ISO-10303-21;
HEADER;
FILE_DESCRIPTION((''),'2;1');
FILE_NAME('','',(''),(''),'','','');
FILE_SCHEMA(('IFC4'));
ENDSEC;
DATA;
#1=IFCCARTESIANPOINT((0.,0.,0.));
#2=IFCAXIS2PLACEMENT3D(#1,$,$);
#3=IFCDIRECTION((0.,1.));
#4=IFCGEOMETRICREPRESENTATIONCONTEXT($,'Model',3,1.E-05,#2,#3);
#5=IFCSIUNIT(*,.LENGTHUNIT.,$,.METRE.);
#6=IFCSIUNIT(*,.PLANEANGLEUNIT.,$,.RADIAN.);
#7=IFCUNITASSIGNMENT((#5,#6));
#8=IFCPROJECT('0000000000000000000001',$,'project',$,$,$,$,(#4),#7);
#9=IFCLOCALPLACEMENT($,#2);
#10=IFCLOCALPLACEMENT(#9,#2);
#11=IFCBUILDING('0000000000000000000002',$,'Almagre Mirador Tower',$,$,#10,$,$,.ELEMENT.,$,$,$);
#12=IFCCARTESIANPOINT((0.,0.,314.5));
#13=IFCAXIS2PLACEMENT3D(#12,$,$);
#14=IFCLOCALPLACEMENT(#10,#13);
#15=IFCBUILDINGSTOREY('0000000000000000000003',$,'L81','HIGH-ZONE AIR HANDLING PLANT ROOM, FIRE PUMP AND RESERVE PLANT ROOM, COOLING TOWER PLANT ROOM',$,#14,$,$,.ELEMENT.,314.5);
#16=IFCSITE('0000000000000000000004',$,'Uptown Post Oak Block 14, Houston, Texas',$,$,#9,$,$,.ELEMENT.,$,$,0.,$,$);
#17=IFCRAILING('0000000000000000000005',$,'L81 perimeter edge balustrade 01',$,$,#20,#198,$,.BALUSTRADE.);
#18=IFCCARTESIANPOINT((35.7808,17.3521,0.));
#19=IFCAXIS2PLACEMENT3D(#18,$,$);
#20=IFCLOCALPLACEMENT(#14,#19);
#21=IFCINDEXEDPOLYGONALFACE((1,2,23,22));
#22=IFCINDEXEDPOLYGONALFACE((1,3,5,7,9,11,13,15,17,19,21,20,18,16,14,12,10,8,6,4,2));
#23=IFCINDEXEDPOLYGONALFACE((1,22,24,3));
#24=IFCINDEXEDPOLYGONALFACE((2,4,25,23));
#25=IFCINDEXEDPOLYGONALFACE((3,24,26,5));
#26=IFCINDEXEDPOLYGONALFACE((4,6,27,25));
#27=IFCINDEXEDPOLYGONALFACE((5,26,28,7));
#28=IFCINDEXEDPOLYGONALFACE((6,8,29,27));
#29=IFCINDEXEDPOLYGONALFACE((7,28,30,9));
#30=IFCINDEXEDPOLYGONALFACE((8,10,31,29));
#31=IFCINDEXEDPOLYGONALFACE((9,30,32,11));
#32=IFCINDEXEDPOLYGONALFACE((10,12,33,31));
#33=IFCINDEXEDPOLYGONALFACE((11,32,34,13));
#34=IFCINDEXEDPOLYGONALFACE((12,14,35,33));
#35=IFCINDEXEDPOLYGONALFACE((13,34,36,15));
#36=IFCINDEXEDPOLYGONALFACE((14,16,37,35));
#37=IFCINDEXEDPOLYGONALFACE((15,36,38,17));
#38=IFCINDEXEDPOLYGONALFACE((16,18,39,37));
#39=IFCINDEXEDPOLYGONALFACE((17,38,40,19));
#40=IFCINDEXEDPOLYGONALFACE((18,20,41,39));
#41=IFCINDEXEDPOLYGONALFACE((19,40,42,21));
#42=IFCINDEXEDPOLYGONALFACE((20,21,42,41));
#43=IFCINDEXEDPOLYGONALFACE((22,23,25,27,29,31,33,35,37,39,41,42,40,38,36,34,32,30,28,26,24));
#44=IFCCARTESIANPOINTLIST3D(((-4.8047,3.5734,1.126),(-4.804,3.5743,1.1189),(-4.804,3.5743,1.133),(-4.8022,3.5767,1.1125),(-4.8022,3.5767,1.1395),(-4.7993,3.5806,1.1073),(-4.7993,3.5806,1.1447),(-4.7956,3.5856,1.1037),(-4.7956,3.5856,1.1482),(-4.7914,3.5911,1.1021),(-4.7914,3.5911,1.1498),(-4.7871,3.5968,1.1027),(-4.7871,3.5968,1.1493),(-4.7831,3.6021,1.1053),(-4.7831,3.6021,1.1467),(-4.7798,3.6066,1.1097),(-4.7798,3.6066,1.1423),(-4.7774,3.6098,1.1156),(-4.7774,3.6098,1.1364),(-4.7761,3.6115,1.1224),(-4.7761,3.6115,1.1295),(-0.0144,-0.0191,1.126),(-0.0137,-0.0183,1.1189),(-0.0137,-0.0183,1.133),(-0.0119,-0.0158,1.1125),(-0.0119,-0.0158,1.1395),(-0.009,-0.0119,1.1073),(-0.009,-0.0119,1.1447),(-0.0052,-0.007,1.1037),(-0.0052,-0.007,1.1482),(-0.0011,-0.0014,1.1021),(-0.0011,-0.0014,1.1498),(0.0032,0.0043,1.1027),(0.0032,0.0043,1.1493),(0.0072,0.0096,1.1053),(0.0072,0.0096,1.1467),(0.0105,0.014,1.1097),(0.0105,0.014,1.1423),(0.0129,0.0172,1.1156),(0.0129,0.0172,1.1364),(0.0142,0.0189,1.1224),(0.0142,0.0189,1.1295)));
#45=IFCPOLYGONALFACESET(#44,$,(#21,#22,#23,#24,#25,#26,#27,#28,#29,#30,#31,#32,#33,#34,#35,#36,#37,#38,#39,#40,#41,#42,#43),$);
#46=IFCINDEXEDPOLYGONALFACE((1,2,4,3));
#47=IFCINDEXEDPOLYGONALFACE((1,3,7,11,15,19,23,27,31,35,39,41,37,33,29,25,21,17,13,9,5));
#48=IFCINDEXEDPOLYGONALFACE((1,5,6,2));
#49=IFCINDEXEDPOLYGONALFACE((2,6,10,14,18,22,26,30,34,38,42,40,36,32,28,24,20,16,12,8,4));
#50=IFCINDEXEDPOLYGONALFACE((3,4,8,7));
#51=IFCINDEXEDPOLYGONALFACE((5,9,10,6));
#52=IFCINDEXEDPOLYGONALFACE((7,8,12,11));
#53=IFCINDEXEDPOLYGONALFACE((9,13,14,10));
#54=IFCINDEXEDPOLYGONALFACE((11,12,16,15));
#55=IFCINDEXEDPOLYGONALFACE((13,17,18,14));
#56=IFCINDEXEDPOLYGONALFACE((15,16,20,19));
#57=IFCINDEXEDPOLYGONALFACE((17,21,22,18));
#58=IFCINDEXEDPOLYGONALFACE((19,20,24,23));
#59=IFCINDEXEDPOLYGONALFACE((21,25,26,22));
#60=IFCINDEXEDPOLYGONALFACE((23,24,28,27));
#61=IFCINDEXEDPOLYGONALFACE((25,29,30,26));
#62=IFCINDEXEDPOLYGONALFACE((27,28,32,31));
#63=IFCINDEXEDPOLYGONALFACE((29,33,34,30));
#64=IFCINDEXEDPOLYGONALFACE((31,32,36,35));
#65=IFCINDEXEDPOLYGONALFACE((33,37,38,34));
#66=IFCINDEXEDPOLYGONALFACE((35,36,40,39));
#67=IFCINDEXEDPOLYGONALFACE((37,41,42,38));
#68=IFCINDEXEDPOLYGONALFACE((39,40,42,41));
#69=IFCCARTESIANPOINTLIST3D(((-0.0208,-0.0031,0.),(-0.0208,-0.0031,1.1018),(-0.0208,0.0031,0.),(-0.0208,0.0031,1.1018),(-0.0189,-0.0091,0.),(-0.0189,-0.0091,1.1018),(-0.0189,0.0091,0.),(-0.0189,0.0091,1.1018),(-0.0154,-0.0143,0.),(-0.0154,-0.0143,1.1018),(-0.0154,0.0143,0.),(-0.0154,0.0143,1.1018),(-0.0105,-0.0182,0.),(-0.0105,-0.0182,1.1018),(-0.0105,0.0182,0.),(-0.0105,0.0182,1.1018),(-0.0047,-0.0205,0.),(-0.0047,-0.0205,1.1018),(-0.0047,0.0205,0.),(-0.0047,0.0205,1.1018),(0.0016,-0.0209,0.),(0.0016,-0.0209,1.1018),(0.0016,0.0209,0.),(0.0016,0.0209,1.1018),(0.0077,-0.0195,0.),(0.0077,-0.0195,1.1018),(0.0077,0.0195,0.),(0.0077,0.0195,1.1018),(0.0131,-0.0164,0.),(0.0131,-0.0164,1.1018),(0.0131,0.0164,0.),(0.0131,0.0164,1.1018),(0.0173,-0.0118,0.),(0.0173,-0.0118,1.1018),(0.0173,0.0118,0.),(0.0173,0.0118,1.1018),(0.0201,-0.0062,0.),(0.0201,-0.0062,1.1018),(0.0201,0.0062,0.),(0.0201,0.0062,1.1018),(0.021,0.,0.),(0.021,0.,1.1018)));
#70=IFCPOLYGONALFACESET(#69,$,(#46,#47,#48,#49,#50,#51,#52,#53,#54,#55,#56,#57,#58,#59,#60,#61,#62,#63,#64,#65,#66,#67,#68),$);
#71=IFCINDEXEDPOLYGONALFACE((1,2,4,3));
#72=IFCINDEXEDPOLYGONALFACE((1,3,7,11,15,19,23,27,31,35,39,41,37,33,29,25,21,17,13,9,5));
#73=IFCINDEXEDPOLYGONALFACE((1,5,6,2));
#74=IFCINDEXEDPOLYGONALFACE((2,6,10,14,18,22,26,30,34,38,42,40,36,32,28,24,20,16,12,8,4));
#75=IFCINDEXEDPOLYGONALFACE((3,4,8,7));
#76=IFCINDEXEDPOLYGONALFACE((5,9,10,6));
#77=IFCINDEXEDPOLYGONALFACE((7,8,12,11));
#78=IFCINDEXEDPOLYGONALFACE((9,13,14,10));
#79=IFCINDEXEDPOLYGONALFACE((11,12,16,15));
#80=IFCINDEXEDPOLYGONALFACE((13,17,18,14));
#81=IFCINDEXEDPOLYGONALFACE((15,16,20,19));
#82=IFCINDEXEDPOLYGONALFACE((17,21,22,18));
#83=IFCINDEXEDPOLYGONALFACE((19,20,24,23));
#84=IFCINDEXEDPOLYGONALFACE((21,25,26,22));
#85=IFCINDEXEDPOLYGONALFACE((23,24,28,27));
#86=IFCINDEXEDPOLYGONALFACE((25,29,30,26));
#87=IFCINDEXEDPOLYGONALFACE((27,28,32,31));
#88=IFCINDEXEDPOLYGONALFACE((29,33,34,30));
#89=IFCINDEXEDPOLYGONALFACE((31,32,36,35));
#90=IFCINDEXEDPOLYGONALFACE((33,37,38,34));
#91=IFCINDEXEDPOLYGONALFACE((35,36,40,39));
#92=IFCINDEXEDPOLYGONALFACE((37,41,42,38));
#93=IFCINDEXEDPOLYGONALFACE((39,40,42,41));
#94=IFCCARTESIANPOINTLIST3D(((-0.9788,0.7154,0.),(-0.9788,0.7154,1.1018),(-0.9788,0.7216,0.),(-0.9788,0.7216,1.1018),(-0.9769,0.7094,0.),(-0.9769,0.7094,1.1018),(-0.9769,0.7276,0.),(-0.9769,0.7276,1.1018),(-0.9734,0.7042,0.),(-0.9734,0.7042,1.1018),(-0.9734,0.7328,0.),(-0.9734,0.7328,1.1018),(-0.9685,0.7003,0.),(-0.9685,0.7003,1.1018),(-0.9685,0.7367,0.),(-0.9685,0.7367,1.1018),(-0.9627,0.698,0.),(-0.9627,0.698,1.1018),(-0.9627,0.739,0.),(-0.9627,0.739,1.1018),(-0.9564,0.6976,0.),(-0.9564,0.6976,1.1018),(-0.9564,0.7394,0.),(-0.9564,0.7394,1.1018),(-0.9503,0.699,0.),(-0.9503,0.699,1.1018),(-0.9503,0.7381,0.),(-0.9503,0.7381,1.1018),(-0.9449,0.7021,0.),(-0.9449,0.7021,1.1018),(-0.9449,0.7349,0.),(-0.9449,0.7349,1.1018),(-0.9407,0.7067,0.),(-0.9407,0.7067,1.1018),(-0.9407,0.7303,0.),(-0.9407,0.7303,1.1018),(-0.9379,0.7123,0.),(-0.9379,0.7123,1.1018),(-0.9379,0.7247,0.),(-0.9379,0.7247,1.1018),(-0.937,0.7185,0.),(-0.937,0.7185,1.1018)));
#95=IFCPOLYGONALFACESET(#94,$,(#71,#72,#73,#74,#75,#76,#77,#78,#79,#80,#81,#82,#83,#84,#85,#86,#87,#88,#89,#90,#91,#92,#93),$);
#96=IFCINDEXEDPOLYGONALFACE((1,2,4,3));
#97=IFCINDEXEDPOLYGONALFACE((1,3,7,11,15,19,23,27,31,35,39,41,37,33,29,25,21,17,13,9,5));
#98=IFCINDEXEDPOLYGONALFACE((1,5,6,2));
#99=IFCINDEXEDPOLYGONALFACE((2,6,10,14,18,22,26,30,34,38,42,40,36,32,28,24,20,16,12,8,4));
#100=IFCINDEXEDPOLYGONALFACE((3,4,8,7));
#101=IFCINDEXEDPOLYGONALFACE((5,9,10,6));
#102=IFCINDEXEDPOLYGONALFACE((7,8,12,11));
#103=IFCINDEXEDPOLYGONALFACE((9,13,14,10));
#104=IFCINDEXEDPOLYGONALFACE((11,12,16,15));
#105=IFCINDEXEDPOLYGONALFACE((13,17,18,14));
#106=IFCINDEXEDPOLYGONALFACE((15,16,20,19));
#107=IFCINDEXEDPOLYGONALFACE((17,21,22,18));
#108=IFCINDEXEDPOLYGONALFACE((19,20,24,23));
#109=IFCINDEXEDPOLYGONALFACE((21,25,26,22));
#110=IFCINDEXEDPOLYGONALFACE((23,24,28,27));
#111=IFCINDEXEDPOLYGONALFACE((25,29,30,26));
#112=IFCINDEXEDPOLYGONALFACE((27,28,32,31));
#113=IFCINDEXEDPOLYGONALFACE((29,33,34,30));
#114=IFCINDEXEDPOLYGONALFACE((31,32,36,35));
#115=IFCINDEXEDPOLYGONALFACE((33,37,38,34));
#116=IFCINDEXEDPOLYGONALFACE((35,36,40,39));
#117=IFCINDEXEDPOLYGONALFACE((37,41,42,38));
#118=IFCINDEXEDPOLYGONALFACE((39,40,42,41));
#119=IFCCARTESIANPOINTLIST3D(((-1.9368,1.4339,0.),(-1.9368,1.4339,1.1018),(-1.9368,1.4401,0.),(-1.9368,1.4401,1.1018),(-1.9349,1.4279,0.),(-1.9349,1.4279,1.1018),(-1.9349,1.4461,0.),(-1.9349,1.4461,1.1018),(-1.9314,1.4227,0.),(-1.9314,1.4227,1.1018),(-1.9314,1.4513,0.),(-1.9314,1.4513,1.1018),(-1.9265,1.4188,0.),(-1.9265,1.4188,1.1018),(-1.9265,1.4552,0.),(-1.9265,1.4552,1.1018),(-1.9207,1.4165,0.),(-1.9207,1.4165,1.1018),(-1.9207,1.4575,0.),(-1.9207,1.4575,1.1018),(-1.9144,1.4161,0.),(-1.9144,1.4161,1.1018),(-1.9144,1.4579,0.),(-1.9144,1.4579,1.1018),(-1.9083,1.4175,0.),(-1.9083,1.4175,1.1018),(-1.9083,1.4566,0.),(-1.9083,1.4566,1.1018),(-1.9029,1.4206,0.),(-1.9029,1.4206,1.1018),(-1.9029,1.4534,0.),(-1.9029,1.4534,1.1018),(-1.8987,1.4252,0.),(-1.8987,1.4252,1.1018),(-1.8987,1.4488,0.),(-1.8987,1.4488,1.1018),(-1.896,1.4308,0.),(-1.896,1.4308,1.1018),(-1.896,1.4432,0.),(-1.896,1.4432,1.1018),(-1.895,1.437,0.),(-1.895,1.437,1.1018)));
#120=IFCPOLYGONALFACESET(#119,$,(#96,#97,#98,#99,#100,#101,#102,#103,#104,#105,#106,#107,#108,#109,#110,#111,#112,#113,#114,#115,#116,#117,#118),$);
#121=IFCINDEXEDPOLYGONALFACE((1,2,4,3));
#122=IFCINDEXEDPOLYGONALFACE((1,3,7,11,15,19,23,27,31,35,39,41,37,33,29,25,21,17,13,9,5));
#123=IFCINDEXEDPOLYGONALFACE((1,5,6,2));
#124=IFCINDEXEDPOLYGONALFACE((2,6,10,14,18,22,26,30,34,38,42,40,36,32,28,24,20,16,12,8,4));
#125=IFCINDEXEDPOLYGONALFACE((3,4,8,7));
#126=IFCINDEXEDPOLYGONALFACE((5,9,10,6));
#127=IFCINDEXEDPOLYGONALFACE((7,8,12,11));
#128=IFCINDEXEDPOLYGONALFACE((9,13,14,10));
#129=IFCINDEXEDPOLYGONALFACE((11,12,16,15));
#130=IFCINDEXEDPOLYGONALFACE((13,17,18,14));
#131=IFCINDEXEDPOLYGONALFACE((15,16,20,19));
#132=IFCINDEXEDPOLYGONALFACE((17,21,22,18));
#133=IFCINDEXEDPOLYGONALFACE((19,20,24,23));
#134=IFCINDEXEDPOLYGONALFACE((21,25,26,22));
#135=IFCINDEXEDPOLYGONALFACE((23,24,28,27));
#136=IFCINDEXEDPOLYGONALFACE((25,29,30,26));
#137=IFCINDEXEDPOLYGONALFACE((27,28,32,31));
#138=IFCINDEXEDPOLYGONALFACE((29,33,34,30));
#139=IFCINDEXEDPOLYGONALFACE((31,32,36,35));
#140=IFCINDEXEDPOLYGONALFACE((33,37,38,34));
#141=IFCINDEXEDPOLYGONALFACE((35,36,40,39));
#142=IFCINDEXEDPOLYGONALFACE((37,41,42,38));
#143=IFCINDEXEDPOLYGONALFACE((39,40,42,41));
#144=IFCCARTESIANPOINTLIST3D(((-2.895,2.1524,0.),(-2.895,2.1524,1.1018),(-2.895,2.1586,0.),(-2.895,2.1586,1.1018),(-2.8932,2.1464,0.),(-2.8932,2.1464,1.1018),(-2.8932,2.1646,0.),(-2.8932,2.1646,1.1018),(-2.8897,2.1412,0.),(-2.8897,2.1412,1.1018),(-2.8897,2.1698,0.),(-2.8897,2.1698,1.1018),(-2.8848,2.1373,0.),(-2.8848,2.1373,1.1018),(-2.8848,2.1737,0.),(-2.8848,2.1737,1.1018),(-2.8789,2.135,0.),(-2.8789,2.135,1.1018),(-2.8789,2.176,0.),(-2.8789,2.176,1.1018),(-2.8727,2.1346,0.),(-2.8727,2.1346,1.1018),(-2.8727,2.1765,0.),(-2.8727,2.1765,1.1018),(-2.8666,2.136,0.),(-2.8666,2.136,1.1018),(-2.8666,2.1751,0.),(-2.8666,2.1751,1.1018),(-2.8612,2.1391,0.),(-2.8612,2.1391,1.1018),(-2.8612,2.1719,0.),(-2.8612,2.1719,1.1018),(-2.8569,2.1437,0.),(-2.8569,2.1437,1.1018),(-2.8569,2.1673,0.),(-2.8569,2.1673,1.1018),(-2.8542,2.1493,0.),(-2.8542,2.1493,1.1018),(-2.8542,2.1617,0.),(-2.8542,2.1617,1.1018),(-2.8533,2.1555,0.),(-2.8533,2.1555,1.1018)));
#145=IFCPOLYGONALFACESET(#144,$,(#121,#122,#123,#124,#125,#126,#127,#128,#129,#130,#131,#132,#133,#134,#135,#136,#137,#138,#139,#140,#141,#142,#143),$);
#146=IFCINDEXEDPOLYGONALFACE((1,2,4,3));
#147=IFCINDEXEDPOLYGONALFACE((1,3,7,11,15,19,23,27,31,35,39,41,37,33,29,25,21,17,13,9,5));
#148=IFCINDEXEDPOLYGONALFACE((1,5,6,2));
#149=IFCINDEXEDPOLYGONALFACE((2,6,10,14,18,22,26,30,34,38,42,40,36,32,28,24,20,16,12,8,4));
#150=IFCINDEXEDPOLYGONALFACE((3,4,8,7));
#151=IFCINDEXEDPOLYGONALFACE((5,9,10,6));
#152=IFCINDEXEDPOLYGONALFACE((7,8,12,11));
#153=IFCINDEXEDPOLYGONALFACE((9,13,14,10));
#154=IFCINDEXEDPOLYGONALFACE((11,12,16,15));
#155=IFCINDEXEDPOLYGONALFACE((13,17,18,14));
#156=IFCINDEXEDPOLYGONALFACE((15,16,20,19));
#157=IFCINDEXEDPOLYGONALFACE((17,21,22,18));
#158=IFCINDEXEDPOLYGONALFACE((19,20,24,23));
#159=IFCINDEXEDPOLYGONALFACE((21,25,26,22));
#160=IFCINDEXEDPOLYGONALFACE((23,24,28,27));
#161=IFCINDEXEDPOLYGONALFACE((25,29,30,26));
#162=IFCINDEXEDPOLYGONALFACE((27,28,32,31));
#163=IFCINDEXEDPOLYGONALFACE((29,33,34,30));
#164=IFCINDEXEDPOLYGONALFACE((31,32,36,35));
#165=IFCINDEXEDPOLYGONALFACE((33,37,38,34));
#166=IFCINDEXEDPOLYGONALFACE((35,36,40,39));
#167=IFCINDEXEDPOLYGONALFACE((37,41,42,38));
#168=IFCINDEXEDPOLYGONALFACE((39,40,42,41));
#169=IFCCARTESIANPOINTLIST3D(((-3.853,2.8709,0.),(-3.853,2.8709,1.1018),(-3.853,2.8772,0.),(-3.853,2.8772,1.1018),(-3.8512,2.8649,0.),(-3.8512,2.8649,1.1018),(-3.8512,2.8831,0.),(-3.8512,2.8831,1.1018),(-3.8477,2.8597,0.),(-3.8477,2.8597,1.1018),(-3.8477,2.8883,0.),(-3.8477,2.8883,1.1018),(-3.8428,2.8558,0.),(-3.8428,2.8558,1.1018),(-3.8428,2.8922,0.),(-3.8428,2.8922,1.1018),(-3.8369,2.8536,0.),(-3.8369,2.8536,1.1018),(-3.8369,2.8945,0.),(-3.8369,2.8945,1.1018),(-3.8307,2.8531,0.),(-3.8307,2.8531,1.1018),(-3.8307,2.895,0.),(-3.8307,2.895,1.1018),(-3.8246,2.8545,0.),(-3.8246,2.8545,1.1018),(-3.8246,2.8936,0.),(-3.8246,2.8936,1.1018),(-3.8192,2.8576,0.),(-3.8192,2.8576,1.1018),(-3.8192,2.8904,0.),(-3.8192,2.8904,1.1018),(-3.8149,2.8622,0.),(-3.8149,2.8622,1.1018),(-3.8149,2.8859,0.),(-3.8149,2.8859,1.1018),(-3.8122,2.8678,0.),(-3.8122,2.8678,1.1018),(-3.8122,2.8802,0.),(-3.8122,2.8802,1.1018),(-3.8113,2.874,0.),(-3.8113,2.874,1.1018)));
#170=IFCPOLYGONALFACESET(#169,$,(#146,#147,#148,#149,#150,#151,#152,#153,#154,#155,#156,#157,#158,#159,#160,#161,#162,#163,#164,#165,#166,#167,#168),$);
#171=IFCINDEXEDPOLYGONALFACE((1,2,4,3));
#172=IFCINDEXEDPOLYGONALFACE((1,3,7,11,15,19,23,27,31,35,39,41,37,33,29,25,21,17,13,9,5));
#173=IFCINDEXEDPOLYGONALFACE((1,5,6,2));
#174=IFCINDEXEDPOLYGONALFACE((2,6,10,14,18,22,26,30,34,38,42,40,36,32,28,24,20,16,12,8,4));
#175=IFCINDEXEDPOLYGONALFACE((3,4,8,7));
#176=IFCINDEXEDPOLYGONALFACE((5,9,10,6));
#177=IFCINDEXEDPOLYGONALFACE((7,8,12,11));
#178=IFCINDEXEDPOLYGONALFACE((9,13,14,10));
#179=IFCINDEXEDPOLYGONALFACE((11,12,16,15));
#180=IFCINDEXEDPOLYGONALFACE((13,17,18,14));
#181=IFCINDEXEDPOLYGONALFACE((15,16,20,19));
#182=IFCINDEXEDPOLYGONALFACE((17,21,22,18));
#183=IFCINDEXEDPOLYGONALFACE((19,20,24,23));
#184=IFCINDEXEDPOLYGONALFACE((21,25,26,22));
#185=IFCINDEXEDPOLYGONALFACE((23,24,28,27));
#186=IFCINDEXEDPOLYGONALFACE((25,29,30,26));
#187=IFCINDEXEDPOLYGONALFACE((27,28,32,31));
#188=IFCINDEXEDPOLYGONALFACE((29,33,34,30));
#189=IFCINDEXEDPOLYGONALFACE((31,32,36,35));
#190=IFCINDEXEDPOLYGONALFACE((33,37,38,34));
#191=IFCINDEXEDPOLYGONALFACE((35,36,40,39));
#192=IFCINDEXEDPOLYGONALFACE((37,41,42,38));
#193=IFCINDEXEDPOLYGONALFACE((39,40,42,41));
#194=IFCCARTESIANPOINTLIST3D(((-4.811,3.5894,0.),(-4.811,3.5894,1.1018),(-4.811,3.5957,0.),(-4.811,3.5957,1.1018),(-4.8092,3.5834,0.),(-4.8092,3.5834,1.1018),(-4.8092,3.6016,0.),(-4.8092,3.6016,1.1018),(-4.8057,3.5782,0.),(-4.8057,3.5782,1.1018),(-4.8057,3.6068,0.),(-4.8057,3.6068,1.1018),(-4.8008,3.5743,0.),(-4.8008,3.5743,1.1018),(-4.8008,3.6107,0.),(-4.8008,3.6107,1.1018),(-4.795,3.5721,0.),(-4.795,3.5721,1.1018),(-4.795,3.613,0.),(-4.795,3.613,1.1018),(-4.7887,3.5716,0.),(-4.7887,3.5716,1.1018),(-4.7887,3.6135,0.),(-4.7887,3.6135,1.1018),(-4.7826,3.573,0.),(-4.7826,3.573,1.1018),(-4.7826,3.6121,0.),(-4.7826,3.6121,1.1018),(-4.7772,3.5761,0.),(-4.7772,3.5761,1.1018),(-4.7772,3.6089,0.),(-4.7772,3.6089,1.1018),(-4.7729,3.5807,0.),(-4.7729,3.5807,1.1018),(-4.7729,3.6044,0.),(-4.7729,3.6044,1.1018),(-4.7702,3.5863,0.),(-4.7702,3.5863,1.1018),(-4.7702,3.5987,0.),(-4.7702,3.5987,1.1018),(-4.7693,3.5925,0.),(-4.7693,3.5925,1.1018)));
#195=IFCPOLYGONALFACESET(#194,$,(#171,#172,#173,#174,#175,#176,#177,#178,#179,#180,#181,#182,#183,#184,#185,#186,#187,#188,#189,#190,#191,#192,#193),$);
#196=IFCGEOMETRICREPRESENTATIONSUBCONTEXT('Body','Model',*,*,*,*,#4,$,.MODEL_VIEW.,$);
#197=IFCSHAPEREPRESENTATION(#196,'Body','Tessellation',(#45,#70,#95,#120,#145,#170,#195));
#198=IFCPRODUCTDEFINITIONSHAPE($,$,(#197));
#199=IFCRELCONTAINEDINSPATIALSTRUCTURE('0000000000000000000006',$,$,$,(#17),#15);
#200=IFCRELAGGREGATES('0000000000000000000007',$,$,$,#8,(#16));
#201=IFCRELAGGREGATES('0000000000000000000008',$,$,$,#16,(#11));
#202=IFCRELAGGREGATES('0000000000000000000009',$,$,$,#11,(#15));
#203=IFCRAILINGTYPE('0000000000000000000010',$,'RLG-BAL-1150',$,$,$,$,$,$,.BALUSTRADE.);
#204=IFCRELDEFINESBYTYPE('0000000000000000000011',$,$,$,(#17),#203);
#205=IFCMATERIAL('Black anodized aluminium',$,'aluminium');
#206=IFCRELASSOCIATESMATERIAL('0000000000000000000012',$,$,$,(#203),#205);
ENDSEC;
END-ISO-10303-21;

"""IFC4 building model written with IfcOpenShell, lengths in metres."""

from ifc_helpers import new_model, si_unit, direction, frame, origin, origin_2d, place, context, subcontext, project, spatial, circle, extrude, material, type_object, element, save


model = new_model("IFC4")

# Units and contexts
model_context = context("Model", 3, precision=1e-05, world=origin(), true_north=direction((0.0, 1.0)))
body_context = subcontext(model_context, "Body", "Model", "MODEL_VIEW")
ifc_project = project(units=[si_unit("LENGTHUNIT", "METRE"), si_unit("PLANEANGLEUNIT", "RADIAN")], contexts=[model_context])

# Site, building, storey
site_placement = place(None, origin())
site = spatial("IfcSite", under=ifc_project, at=site_placement, Name="Uptown Post Oak Block 14, Houston, Texas", CompositionType="ELEMENT", RefElevation=0.0)
building_placement = place(site_placement, origin())
building = spatial("IfcBuilding", under=site, at=building_placement, Name="Almagre Mirador Tower", CompositionType="ELEMENT")
storey_placement = place(building_placement, frame((0.0, 0.0, 314.5)))
storey = spatial("IfcBuildingStorey", under=building, at=storey_placement, Name="L81", Description="HIGH-ZONE AIR HANDLING PLANT ROOM, FIRE PUMP AND RESERVE PLANT ROOM, COOLING TOWER PLANT ROOM", CompositionType="ELEMENT", Elevation=314.5)

# Railing
ifc_material_1 = material(Name="Black anodized aluminium", Category="aluminium")
railing_type_1 = type_object("IfcRailingType", Name="RLG-BAL-1150", PredefinedType="BALUSTRADE", material=ifc_material_1)
railing_1_placement = place(storey_placement, frame((35.7808, 17.3521, 0.0)))
element("IfcRailing", 1, at=railing_1_placement, inside=storey, type_object=railing_type_1, Name="L81 perimeter edge balustrade 01", PredefinedType="BALUSTRADE", context=body_context, shape_type="SweptSolid", body=[
    extrude(circle(Radius=0.0239, at=origin_2d()), frame((0.0, 0.0, 1.126), z_axis=(-0.800015, 0.59998, 0.0), x_axis=(-0.59998, -0.800015, 0.0)), (0.0, 0.0, 1.0), 5.9878),
    extrude(circle(Radius=0.021, at=origin_2d()), origin(), (0.0, 0.0, 1.0), 1.1018),
    extrude(circle(Radius=0.021, at=origin_2d()), frame((-0.958, 0.7185, 0.0)), (0.0, 0.0, 1.0), 1.1018),
    extrude(circle(Radius=0.021, at=origin_2d()), frame((-1.916, 1.437, 0.0)), (0.0, 0.0, 1.0), 1.1018),
    extrude(circle(Radius=0.021, at=origin_2d()), frame((-2.8743, 2.1555, 0.0)), (0.0, 0.0, 1.0), 1.1018),
    extrude(circle(Radius=0.021, at=origin_2d()), frame((-3.8323, 2.874, 0.0)), (0.0, 0.0, 1.0), 1.1018),
    extrude(circle(Radius=0.021, at=origin_2d()), frame((-4.7903, 3.5925, 0.0)), (0.0, 0.0, 1.0), 1.1018),
])

save(model, "model.ifc")
